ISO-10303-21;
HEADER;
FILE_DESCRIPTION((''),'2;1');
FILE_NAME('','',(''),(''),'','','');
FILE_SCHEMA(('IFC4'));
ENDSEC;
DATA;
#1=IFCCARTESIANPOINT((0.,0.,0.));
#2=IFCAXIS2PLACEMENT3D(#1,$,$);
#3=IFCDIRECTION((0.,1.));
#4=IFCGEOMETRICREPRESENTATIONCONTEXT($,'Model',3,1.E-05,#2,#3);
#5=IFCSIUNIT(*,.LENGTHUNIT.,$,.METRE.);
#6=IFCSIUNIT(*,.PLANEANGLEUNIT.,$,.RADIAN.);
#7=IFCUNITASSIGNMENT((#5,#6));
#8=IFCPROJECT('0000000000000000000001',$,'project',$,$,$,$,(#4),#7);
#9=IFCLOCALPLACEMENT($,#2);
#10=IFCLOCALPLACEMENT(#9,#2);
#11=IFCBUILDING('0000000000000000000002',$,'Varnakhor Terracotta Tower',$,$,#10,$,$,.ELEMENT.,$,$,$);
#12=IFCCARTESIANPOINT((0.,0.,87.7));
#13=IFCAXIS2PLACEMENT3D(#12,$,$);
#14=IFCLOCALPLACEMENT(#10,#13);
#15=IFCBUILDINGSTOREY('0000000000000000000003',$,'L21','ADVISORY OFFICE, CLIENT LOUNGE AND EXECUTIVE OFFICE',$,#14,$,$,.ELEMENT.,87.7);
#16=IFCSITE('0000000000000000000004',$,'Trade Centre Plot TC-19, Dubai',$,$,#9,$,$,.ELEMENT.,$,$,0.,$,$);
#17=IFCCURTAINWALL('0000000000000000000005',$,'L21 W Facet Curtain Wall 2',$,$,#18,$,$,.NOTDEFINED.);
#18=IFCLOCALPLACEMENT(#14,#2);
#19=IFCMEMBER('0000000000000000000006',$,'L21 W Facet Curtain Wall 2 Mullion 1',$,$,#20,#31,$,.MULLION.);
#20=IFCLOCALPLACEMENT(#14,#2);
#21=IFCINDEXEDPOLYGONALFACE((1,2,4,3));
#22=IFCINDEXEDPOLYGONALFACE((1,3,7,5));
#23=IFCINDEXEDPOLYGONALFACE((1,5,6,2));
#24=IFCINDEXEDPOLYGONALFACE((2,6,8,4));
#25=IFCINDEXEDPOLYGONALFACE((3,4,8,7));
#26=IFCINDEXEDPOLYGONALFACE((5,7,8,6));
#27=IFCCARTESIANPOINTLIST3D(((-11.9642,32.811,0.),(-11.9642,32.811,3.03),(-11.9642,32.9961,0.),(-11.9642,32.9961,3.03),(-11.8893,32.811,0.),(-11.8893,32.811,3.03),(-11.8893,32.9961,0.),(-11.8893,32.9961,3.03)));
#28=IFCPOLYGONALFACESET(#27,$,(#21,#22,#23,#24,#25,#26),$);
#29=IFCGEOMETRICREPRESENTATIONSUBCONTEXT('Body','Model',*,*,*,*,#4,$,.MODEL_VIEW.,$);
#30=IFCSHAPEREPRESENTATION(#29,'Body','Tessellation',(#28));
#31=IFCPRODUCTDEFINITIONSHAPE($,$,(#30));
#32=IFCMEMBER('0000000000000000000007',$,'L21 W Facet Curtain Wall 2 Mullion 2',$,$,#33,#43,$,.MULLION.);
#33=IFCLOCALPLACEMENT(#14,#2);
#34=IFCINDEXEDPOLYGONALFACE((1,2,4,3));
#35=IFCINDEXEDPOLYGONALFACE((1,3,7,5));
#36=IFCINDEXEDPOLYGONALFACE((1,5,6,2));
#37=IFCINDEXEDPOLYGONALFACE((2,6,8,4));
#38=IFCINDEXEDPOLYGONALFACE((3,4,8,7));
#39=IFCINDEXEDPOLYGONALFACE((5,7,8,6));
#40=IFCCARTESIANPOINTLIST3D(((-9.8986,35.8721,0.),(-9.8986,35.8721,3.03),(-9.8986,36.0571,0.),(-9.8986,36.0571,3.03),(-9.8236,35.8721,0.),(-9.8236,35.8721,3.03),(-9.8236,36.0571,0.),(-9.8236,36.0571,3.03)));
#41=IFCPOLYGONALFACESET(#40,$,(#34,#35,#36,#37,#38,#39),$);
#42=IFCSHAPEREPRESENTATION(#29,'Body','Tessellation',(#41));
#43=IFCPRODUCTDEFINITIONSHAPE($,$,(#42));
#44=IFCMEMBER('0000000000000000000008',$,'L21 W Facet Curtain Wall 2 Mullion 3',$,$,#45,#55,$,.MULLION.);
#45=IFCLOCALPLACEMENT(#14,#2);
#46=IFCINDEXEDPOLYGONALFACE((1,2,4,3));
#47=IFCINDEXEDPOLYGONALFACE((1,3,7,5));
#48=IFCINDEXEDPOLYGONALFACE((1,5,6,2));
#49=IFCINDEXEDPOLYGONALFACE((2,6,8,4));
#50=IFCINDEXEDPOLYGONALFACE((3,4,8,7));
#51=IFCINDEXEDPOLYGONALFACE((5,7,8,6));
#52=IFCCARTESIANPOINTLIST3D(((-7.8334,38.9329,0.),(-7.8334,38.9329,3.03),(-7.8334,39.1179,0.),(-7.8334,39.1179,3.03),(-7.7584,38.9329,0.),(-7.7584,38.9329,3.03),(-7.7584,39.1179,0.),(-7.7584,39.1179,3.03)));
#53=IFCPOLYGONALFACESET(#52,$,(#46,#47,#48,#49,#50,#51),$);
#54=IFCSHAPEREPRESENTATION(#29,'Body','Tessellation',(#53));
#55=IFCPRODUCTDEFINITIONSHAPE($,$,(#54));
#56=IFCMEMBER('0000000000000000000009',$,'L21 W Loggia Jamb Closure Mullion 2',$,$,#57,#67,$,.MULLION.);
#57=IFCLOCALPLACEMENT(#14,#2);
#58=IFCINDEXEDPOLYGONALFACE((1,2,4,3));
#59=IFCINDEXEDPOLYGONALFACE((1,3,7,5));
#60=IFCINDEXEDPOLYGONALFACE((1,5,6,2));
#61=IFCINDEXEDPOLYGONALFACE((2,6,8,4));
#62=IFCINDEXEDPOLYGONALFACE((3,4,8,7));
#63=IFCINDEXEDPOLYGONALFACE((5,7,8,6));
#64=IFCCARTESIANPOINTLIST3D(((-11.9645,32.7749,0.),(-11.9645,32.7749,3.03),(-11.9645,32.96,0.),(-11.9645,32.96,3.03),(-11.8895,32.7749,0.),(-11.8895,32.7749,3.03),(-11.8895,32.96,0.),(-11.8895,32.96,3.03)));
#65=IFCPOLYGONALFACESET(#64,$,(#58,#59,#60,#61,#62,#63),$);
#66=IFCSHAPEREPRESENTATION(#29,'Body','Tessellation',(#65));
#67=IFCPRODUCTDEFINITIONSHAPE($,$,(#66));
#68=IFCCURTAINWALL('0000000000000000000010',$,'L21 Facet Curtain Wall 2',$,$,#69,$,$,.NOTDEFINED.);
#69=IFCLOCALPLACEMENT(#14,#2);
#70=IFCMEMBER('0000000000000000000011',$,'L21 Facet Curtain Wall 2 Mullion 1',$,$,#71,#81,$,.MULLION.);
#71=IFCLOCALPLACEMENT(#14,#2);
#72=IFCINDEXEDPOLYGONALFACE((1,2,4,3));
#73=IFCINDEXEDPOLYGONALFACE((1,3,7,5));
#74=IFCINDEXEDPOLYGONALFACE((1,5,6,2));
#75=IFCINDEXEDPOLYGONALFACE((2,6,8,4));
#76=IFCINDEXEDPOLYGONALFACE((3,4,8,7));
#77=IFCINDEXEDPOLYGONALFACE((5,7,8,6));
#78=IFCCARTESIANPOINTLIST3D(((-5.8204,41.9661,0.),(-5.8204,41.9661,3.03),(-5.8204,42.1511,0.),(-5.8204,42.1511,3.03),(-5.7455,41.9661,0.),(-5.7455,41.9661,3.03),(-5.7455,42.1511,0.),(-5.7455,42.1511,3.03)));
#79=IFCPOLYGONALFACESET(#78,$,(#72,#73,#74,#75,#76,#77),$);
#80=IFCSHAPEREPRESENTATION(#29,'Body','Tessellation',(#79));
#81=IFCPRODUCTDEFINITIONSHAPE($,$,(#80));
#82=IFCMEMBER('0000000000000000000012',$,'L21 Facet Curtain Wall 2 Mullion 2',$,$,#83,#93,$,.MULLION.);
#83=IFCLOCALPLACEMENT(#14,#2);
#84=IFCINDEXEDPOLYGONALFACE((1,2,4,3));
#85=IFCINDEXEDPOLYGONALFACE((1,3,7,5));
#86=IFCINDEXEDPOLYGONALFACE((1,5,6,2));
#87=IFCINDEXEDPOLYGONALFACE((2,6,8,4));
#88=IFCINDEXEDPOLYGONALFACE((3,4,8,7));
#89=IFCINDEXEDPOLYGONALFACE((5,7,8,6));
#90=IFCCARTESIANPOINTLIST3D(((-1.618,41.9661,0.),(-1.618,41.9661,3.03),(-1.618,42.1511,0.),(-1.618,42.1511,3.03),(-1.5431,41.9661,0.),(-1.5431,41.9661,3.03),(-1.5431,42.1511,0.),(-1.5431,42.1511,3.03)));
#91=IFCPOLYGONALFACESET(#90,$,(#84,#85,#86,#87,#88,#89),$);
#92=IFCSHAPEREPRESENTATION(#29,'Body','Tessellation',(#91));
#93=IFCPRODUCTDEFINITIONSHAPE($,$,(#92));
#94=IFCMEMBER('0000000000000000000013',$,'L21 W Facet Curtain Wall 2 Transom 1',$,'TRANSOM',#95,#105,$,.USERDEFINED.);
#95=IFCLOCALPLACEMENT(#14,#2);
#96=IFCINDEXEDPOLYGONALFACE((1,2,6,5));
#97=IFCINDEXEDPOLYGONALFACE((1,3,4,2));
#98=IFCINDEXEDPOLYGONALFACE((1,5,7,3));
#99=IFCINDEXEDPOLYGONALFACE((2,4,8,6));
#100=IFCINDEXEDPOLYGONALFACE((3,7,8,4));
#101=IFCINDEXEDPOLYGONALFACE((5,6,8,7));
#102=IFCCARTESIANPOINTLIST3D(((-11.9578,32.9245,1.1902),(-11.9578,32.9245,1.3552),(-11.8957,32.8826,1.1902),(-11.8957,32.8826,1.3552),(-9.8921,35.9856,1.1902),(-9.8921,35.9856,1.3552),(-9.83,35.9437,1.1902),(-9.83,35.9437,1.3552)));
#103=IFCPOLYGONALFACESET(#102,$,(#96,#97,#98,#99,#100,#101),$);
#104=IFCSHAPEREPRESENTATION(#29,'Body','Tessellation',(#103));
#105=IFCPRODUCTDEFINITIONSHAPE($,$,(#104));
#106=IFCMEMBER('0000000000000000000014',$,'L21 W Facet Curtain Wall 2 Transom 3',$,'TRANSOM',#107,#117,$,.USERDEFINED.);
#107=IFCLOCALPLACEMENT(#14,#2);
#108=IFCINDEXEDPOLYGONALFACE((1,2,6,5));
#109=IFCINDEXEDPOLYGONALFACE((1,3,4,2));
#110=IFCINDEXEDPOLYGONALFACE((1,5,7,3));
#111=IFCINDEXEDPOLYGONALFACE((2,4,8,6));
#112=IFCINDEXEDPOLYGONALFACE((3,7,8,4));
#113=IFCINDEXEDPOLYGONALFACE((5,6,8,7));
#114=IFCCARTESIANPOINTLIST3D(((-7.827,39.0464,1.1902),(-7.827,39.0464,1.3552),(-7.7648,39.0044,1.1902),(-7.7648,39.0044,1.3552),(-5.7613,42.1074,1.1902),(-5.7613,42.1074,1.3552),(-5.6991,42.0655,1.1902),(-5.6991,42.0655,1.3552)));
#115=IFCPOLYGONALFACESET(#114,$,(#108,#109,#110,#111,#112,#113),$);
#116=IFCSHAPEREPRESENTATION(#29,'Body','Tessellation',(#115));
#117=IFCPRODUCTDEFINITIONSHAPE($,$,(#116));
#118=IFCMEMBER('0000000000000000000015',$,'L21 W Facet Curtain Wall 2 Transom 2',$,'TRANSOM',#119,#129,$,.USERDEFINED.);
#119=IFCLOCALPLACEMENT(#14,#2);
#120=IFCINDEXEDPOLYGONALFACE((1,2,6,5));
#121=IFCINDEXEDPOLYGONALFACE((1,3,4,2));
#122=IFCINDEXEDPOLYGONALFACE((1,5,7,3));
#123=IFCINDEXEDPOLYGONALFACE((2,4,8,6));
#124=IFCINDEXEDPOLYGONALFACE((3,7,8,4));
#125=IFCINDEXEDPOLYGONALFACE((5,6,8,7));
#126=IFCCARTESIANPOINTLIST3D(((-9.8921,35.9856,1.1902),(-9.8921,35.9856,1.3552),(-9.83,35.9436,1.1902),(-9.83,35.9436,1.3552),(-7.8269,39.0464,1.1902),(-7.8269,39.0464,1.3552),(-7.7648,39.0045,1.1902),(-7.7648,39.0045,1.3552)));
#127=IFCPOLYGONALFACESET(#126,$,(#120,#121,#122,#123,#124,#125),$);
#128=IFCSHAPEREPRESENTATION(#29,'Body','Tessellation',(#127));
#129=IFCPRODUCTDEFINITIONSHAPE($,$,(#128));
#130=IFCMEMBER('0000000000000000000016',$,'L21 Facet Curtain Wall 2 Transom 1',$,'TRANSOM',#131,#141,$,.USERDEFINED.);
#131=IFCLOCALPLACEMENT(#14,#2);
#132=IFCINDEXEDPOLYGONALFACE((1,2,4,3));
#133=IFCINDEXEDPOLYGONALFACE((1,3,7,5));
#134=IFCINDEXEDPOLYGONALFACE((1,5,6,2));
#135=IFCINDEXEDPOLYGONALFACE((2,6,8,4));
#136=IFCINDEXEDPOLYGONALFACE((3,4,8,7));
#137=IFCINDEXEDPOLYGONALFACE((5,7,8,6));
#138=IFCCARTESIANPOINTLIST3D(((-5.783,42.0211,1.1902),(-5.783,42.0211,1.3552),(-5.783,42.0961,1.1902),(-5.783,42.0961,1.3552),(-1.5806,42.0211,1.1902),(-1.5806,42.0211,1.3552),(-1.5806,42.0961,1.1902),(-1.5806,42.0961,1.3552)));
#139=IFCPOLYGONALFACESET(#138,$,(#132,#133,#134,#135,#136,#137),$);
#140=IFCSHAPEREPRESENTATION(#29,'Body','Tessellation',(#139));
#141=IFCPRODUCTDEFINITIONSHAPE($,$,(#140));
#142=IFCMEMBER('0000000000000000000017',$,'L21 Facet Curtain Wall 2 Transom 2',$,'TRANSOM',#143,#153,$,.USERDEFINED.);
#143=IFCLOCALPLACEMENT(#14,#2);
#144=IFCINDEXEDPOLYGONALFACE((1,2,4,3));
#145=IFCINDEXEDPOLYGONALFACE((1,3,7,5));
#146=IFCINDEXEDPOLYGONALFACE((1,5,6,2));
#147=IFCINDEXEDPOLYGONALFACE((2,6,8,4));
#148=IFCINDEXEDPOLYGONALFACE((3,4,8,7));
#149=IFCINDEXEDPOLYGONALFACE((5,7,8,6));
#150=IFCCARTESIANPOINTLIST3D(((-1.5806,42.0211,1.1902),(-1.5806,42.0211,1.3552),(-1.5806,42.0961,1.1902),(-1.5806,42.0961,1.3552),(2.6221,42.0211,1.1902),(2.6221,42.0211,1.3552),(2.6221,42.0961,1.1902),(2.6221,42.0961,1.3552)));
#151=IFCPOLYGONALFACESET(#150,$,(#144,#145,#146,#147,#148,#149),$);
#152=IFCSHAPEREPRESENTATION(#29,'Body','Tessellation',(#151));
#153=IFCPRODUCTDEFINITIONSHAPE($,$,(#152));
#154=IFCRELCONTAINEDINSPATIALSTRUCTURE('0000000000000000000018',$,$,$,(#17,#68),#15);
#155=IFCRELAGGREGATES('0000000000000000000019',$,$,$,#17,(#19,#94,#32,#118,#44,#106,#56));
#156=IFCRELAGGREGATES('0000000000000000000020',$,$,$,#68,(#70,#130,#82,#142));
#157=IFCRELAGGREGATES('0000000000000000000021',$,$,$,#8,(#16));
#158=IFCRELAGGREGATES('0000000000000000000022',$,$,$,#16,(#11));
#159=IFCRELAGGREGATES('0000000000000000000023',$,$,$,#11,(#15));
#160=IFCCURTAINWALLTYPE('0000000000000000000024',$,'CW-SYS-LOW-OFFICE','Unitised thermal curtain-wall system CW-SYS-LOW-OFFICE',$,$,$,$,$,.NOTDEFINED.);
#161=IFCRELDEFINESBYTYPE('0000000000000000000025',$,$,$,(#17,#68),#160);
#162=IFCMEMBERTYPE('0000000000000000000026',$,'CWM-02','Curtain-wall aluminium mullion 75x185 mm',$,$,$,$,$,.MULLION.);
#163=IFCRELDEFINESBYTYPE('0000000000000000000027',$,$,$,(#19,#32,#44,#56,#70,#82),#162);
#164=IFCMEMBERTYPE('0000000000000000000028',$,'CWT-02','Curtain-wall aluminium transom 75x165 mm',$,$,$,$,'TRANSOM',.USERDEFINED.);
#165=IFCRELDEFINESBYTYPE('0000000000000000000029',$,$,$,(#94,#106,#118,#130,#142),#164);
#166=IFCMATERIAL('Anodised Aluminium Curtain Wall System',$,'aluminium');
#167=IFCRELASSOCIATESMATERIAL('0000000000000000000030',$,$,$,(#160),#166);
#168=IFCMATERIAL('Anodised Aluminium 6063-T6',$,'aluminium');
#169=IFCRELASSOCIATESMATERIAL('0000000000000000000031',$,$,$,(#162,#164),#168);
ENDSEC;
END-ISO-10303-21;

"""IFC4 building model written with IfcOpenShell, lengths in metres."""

from ifc_helpers import new_model, si_unit, direction, frame, origin, origin_2d, place, context, subcontext, project, spatial, rectangle, extrude, source, transform, mapped, material, material_profile, profile_set, type_object, type_shapes, element, aggregate, save


model = new_model("IFC4")

# Units and contexts
model_context = context("Model", 3, precision=1e-05, world=origin(), true_north=direction((0.0, 1.0)))
body_context = subcontext(model_context, "Body", "Model", "MODEL_VIEW")
ifc_project = project(units=[si_unit("LENGTHUNIT", "METRE"), si_unit("PLANEANGLEUNIT", "RADIAN")], contexts=[model_context])

# Site, building, storey
site_placement = place(None, origin())
site = spatial("IfcSite", under=ifc_project, at=site_placement, Name="Trade Centre Plot TC-19, Dubai", CompositionType="ELEMENT", RefElevation=0.0)
building_placement = place(site_placement, origin())
building = spatial("IfcBuilding", under=site, at=building_placement, Name="Varnakhor Terracotta Tower", CompositionType="ELEMENT")
storey_placement = place(building_placement, frame((0.0, 0.0, 87.7)))
storey = spatial("IfcBuildingStorey", under=building, at=storey_placement, Name="L21", Description="ADVISORY OFFICE, CLIENT LOUNGE AND EXECUTIVE OFFICE", CompositionType="ELEMENT", Elevation=87.7)

# Curtain walls, members
ifc_material_1 = material(Name="Anodised Aluminium Curtain Wall System", Category="aluminium")
curtain_wall_type = type_object("IfcCurtainWallType", Name="CW-SYS-LOW-OFFICE", Description="Unitised thermal curtain-wall system CW-SYS-LOW-OFFICE", PredefinedType="NOTDEFINED", material=ifc_material_1)
curtain_wall_1_placement = place(storey_placement, origin())
curtain_wall_1 = element("IfcCurtainWall", 1, at=curtain_wall_1_placement, inside=storey, type_object=curtain_wall_type, Name="L21 W Facet Curtain Wall 2", PredefinedType="NOTDEFINED")
ifc_material_2 = material(Name="Anodised Aluminium 6063-T6", Category="aluminium")
ifc_material_profile_1 = material_profile(ifc_material_2, rectangle(XDim=0.075, YDim=0.1851, at=origin_2d()), Name="ALU MULLION 75x185")
ifc_profile_set_1 = profile_set([ifc_material_profile_1], Name="Anodised Aluminium 6063-T6")
member_type_1 = type_object("IfcMemberType", Name="CWM-02", Description="Curtain-wall aluminium mullion 75x185 mm", PredefinedType="MULLION", material=ifc_profile_set_1)
shared_shape_1 = source(origin(), body_context, "Body", "SweptSolid", [
    extrude(rectangle(XDim=0.075, YDim=0.1851, at=origin_2d()), origin(), (0.0, 0.0, 1.0), 3.03),
])
type_shapes(member_type_1, [shared_shape_1])
member_1_placement = place(storey_placement, frame((-11.9268, 32.9036, 0.0), z_axis=(0.0, 0.0, 1.0), x_axis=(1.0, 0.0, 0.0)))
member_1 = element("IfcMember", 2, at=member_1_placement, type_object=member_type_1, Name="L21 W Facet Curtain Wall 2 Mullion 1", PredefinedType="MULLION", context=body_context, shape_type="MappedRepresentation", body=[
    mapped(shared_shape_1, transform((0.0, 0.0, 0.0), scale=1.0)),
])
member_2_placement = place(storey_placement, frame((-9.8611, 35.9646, 0.0), z_axis=(0.0, 0.0, 1.0), x_axis=(1.0, 0.0, 0.0)))
member_2 = element("IfcMember", 3, at=member_2_placement, type_object=member_type_1, Name="L21 W Facet Curtain Wall 2 Mullion 2", PredefinedType="MULLION", context=body_context, shape_type="MappedRepresentation", body=[
    mapped(shared_shape_1, transform((0.0, 0.0, 0.0), scale=1.0)),
])
member_3_placement = place(storey_placement, frame((-7.7959, 39.0254, 0.0), z_axis=(0.0, 0.0, 1.0), x_axis=(1.0, 0.0, 0.0)))
member_3 = element("IfcMember", 4, at=member_3_placement, type_object=member_type_1, Name="L21 W Facet Curtain Wall 2 Mullion 3", PredefinedType="MULLION", context=body_context, shape_type="MappedRepresentation", body=[
    mapped(shared_shape_1, transform((0.0, 0.0, 0.0), scale=1.0)),
])
member_4_placement = place(storey_placement, frame((-11.927, 32.8674, 0.0), z_axis=(0.0, 0.0, 1.0), x_axis=(1.0, 0.0, 0.0)))
member_4 = element("IfcMember", 5, at=member_4_placement, type_object=member_type_1, Name="L21 W Loggia Jamb Closure Mullion 2", PredefinedType="MULLION", context=body_context, shape_type="MappedRepresentation", body=[
    mapped(shared_shape_1, transform((0.0, 0.0, 0.0), scale=1.0)),
])
curtain_wall_2_placement = place(storey_placement, origin())
curtain_wall_2 = element("IfcCurtainWall", 6, at=curtain_wall_2_placement, inside=storey, type_object=curtain_wall_type, Name="L21 Facet Curtain Wall 2", PredefinedType="NOTDEFINED")
member_5_placement = place(storey_placement, frame((-5.783, 42.0586, 0.0), z_axis=(0.0, 0.0, 1.0), x_axis=(1.0, 0.0, 0.0)))
member_5 = element("IfcMember", 7, at=member_5_placement, type_object=member_type_1, Name="L21 Facet Curtain Wall 2 Mullion 1", PredefinedType="MULLION", context=body_context, shape_type="MappedRepresentation", body=[
    mapped(shared_shape_1, transform((0.0, 0.0, 0.0), scale=1.0)),
])
member_6_placement = place(storey_placement, frame((-1.5806, 42.0586, 0.0), z_axis=(0.0, 0.0, 1.0), x_axis=(1.0, 0.0, 0.0)))
member_6 = element("IfcMember", 8, at=member_6_placement, type_object=member_type_1, Name="L21 Facet Curtain Wall 2 Mullion 2", PredefinedType="MULLION", context=body_context, shape_type="MappedRepresentation", body=[
    mapped(shared_shape_1, transform((0.0, 0.0, 0.0), scale=1.0)),
])

# Members
ifc_material_profile_2 = material_profile(ifc_material_2, rectangle(XDim=0.075, YDim=0.165, at=origin_2d()), Name="ALU TRANSOM 75x165")
ifc_profile_set_2 = profile_set([ifc_material_profile_2], Name="Anodised Aluminium 6063-T6")
member_type_2 = type_object("IfcMemberType", Name="CWT-02", Description="Curtain-wall aluminium transom 75x165 mm", ElementType="TRANSOM", PredefinedType="USERDEFINED", material=ifc_profile_set_2)
shared_shape_2 = source(origin(), body_context, "Body", "SweptSolid", [
    extrude(rectangle(XDim=0.075, YDim=0.165, at=origin_2d()), origin(), (0.0, 0.0, 1.0), 3.6929),
])
member_7_placement = place(storey_placement, frame((-11.9268, 32.9036, 1.2727), z_axis=(0.559375, 0.828915, 0.0), x_axis=(-0.828915, 0.559375, 0.0)))
member_7 = element("IfcMember", 9, at=member_7_placement, type_object=member_type_2, Name="L21 W Facet Curtain Wall 2 Transom 1", ObjectType="TRANSOM", PredefinedType="USERDEFINED", context=body_context, shape_type="MappedRepresentation", body=[
    mapped(shared_shape_2, transform((0.0, 0.0, 0.0), scale=1.0)),
])
member_8_placement = place(storey_placement, frame((-7.7959, 39.0254, 1.2727), z_axis=(0.559375, 0.828915, 0.0), x_axis=(-0.828915, 0.559375, 0.0)))
member_8 = element("IfcMember", 10, at=member_8_placement, type_object=member_type_2, Name="L21 W Facet Curtain Wall 2 Transom 3", ObjectType="TRANSOM", PredefinedType="USERDEFINED", context=body_context, shape_type="MappedRepresentation", body=[
    mapped(shared_shape_2, transform((0.0, 0.0, 0.0), scale=1.0)),
])
shared_shape_3 = source(origin(), body_context, "Body", "SweptSolid", [
    extrude(rectangle(XDim=0.075, YDim=0.165, at=origin_2d()), origin(), (0.0, 0.0, 1.0), 3.6924),
])
member_9_placement = place(storey_placement, frame((-9.8611, 35.9646, 1.2727), z_axis=(0.559315, 0.828955, 0.0), x_axis=(-0.828955, 0.559315, 0.0)))
member_9 = element("IfcMember", 11, at=member_9_placement, type_object=member_type_2, Name="L21 W Facet Curtain Wall 2 Transom 2", ObjectType="TRANSOM", PredefinedType="USERDEFINED", context=body_context, shape_type="MappedRepresentation", body=[
    mapped(shared_shape_3, transform((0.0, 0.0, 0.0), scale=1.0)),
])
shared_shape_4 = source(origin(), body_context, "Body", "SweptSolid", [
    extrude(rectangle(XDim=0.075, YDim=0.165, at=origin_2d()), origin(), (0.0, 0.0, 1.0), 4.2024),
])
member_10_placement = place(storey_placement, frame((-5.783, 42.0586, 1.2727), z_axis=(1.0, 0.0, 0.0), x_axis=(0.0, 1.0, 0.0)))
member_10 = element("IfcMember", 12, at=member_10_placement, type_object=member_type_2, Name="L21 Facet Curtain Wall 2 Transom 1", ObjectType="TRANSOM", PredefinedType="USERDEFINED", context=body_context, shape_type="MappedRepresentation", body=[
    mapped(shared_shape_4, transform((0.0, 0.0, 0.0), scale=1.0)),
])
shared_shape_5 = source(origin(), body_context, "Body", "SweptSolid", [
    extrude(rectangle(XDim=0.075, YDim=0.165, at=origin_2d()), origin(), (0.0, 0.0, 1.0), 4.2026),
])
member_11_placement = place(storey_placement, frame((-1.5806, 42.0586, 1.2727), z_axis=(1.0, 0.0, 0.0), x_axis=(0.0, 1.0, 0.0)))
member_11 = element("IfcMember", 13, at=member_11_placement, type_object=member_type_2, Name="L21 Facet Curtain Wall 2 Transom 2", ObjectType="TRANSOM", PredefinedType="USERDEFINED", context=body_context, shape_type="MappedRepresentation", body=[
    mapped(shared_shape_5, transform((0.0, 0.0, 0.0), scale=1.0)),
])

aggregate(curtain_wall_1, [member_1, member_7, member_2, member_9, member_3, member_8, member_4])
aggregate(curtain_wall_2, [member_5, member_10, member_6, member_11])

save(model, "model.ifc")
